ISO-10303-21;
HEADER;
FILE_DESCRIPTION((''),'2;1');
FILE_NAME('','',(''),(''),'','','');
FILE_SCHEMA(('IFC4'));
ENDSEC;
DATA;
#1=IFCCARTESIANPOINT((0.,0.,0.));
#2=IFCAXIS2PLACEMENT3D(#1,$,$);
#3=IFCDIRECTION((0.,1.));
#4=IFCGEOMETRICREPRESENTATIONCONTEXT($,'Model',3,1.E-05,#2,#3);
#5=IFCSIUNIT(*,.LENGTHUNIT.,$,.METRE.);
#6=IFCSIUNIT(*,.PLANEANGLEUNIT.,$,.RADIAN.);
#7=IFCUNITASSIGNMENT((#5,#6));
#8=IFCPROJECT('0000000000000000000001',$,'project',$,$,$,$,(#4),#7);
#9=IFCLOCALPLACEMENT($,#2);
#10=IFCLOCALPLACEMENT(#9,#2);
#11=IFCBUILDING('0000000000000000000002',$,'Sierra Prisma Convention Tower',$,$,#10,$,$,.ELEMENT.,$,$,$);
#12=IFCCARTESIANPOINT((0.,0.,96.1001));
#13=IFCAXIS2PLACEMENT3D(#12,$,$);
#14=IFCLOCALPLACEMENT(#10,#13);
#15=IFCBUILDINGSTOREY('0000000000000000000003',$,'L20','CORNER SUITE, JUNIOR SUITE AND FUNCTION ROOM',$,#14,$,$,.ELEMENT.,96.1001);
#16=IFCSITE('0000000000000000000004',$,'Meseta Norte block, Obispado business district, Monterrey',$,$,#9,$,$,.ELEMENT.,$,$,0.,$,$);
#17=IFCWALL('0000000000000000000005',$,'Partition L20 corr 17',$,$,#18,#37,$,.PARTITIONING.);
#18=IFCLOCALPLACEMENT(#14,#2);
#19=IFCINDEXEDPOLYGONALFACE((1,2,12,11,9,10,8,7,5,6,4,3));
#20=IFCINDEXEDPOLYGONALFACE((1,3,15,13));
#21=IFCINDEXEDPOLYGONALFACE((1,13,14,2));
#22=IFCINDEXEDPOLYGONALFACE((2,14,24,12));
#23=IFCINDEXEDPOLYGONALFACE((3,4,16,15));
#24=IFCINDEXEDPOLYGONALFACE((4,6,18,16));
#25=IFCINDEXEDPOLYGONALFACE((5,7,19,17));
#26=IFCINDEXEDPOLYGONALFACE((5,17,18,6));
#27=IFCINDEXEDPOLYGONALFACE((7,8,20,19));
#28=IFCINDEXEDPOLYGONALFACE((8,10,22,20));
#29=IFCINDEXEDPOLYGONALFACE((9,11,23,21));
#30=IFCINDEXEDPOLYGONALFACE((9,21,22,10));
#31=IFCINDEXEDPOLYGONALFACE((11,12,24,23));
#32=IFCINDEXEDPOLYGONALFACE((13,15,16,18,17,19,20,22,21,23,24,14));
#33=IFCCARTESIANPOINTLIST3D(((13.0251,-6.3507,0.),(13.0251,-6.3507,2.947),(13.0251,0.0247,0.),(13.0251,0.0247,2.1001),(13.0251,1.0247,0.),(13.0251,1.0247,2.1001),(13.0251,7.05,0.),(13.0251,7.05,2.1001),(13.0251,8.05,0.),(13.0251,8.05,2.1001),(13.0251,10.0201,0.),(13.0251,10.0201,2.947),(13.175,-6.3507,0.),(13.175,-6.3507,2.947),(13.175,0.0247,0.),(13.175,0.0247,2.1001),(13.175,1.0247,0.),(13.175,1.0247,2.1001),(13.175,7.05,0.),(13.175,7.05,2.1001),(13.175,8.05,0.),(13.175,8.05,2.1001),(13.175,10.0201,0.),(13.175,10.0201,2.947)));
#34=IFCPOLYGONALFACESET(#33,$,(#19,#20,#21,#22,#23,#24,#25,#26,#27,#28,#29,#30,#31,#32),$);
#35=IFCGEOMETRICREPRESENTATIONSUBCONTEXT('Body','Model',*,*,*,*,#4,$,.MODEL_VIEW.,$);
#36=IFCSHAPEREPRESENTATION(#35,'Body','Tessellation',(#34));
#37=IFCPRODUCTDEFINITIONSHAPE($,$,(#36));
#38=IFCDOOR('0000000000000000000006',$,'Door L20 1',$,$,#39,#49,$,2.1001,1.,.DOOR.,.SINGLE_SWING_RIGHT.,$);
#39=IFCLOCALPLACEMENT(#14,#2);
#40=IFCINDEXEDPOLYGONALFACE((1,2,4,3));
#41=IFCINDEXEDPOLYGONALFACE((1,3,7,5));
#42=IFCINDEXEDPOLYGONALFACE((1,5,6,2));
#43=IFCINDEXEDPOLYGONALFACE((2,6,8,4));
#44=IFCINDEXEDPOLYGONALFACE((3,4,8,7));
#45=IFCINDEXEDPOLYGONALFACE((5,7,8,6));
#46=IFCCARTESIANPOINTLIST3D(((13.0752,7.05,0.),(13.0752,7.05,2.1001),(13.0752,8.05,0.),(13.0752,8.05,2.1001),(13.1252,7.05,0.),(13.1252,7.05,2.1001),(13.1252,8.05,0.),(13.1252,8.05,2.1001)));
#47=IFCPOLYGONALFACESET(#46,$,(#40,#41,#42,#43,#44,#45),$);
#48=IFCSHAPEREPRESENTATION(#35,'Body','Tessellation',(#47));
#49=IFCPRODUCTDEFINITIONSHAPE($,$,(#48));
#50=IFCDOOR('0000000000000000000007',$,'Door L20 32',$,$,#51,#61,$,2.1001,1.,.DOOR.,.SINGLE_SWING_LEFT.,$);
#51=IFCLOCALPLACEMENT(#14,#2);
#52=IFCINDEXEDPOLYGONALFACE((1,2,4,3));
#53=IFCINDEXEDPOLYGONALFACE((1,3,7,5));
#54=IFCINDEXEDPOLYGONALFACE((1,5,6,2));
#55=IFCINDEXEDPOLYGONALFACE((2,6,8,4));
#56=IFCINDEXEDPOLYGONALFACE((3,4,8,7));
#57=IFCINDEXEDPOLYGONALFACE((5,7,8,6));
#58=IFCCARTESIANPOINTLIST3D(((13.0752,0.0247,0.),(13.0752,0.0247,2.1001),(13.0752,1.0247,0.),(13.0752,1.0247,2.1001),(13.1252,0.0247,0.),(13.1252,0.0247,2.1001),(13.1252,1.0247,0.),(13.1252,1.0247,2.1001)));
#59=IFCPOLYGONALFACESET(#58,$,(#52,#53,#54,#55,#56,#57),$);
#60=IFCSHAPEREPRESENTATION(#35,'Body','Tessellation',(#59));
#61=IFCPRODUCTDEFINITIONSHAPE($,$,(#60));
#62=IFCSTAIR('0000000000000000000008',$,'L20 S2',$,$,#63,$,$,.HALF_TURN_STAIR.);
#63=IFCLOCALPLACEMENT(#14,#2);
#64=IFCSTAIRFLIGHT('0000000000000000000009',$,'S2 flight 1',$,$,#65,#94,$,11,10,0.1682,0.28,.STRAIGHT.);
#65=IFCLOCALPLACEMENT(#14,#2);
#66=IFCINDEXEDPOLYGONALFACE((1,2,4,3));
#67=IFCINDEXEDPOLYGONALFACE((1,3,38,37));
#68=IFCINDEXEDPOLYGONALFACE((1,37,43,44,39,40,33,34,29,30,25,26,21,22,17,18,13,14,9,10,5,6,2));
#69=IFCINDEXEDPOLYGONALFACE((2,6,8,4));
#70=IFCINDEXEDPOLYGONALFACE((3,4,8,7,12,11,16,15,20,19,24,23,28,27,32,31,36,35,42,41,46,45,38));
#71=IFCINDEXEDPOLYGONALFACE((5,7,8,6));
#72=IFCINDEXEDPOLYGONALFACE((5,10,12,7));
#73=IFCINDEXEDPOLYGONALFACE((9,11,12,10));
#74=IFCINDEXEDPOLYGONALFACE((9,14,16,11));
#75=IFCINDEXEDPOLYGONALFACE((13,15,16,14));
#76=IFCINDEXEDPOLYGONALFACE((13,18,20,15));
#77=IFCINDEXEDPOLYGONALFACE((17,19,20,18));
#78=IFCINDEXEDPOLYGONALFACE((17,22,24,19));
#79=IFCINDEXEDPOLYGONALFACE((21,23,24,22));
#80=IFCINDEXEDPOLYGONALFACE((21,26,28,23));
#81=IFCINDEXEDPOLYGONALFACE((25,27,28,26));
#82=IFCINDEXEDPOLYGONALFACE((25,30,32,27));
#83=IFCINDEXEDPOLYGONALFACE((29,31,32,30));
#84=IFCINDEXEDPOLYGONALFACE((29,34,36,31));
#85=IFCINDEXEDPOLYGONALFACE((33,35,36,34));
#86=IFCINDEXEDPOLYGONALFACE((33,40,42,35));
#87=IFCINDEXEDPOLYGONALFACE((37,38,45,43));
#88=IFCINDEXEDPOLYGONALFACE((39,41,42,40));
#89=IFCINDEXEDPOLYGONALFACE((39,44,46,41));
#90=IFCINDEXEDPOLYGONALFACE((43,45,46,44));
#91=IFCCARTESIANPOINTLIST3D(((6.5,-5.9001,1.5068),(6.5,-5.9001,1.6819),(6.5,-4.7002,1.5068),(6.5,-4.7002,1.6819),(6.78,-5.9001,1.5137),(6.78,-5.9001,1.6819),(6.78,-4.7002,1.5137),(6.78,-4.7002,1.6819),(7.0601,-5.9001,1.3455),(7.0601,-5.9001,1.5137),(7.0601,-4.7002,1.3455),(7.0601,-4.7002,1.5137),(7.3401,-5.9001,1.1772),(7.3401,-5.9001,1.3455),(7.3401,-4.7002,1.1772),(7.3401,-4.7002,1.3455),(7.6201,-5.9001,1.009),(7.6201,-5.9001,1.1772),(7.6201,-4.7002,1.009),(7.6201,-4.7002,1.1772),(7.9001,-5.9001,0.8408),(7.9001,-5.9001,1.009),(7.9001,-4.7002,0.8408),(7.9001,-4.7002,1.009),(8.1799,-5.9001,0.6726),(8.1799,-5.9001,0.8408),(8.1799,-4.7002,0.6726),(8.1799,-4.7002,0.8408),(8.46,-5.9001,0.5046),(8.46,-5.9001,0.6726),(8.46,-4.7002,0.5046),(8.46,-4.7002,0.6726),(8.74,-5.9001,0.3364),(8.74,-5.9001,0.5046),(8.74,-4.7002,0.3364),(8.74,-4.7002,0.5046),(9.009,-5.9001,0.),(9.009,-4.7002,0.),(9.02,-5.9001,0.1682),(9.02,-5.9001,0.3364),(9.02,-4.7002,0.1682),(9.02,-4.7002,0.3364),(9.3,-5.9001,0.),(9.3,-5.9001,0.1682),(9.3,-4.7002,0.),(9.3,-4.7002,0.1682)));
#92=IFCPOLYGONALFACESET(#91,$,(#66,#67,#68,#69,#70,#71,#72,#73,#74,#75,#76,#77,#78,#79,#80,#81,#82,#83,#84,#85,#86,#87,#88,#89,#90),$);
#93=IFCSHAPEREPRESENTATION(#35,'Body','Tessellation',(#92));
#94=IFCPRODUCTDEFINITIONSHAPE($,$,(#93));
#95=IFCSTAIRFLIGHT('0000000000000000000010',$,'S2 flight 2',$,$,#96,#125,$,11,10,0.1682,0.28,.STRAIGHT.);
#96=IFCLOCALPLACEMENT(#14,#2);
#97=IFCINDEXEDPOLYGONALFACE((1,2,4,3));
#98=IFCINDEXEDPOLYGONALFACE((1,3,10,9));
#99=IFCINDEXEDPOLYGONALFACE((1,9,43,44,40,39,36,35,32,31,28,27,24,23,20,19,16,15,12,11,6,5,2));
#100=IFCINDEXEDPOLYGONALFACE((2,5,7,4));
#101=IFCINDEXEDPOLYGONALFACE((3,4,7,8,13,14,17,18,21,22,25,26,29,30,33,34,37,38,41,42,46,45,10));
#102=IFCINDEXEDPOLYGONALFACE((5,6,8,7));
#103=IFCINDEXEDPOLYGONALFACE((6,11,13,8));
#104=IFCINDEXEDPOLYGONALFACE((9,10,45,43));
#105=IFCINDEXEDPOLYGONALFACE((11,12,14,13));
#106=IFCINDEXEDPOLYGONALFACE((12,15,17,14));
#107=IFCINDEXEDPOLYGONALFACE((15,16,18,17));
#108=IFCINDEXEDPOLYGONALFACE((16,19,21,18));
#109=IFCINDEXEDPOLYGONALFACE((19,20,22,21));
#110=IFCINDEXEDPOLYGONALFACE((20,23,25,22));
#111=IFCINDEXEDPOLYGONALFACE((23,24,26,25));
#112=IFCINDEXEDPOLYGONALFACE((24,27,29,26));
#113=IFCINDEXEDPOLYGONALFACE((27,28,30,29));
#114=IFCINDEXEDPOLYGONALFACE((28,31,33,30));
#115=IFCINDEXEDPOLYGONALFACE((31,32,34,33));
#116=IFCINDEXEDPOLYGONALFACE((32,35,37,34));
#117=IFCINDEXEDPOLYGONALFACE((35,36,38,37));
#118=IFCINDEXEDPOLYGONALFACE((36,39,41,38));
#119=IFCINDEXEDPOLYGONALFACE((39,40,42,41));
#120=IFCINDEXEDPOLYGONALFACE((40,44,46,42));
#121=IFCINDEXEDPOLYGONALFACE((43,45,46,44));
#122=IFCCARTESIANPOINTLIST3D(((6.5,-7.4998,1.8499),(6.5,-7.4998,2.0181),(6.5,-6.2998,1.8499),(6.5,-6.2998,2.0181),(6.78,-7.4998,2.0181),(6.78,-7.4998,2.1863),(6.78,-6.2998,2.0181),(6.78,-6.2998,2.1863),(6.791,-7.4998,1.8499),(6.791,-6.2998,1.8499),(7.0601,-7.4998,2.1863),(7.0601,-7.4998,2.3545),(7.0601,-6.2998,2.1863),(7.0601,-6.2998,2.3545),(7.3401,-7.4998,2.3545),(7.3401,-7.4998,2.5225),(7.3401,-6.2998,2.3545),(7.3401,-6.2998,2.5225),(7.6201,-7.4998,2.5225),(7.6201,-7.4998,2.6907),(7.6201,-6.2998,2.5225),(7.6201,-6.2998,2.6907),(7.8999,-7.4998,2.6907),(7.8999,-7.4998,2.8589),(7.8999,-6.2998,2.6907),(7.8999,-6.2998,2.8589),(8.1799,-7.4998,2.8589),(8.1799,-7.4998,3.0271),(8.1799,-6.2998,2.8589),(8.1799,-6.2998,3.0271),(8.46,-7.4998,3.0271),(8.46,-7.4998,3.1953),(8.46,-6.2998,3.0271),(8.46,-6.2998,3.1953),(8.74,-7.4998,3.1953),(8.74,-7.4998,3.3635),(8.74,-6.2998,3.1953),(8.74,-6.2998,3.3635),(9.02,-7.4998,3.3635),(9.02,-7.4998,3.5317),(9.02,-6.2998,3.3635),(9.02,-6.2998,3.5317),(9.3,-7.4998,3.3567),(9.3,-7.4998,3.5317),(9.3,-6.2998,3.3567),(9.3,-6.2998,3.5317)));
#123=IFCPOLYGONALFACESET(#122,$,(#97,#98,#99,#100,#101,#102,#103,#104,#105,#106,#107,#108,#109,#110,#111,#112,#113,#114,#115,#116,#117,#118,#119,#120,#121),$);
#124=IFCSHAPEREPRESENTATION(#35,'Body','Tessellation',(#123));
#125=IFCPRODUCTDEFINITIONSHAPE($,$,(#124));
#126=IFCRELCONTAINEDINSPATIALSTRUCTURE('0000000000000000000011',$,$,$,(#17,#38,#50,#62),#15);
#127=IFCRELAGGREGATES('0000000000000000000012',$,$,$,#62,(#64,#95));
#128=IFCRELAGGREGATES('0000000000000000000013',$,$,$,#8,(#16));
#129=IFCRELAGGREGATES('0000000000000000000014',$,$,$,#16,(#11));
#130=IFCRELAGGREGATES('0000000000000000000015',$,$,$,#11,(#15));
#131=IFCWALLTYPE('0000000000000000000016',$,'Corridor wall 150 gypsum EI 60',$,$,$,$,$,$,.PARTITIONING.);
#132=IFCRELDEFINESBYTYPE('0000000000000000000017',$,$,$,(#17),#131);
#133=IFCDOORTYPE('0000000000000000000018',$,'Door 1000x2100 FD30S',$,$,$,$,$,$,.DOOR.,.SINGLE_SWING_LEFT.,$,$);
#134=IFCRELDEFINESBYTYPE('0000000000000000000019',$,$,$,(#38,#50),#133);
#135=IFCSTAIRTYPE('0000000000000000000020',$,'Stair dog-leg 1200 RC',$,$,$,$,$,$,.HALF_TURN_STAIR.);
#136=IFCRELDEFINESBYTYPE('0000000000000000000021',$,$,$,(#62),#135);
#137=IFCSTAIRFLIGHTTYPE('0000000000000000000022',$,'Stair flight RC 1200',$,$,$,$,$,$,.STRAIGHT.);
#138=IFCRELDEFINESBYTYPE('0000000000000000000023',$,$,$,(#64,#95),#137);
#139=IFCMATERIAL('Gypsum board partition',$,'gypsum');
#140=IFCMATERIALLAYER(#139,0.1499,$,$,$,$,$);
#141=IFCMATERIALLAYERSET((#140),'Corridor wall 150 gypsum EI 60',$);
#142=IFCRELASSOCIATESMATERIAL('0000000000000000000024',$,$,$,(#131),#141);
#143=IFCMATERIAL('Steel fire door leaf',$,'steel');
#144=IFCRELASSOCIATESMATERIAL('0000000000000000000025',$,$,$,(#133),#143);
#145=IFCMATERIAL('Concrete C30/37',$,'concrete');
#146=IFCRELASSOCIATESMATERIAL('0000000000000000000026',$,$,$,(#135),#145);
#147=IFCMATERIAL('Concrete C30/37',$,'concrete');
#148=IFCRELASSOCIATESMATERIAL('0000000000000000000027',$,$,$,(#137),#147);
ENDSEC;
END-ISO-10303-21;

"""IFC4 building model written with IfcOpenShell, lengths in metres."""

from ifc_helpers import new_model, si_unit, direction, frame, frame_2d, origin, place, context, subcontext, project, spatial, polyline, rectangle, outline, extrude, material, layer, layer_set, type_object, element, fill, aggregate, save


model = new_model("IFC4")

# Units and contexts
model_context = context("Model", 3, precision=1e-05, world=origin(), true_north=direction((0.0, 1.0)))
body_context = subcontext(model_context, "Body", "Model", "MODEL_VIEW")
ifc_project = project(units=[si_unit("LENGTHUNIT", "METRE"), si_unit("PLANEANGLEUNIT", "RADIAN")], contexts=[model_context])

# Site, building, storey
site_placement = place(None, origin())
site = spatial("IfcSite", under=ifc_project, at=site_placement, Name="Meseta Norte block, Obispado business district, Monterrey", CompositionType="ELEMENT", RefElevation=0.0)
building_placement = place(site_placement, origin())
building = spatial("IfcBuilding", under=site, at=building_placement, Name="Sierra Prisma Convention Tower", CompositionType="ELEMENT")
storey_placement = place(building_placement, frame((0.0, 0.0, 96.1001)))
storey = spatial("IfcBuildingStorey", under=building, at=storey_placement, Name="L20", Description="CORNER SUITE, JUNIOR SUITE AND FUNCTION ROOM", CompositionType="ELEMENT", Elevation=96.1001)

# Shared definitions
ifc_material_1 = material(Name="Gypsum board partition", Category="gypsum")
ifc_layer_1 = layer(ifc_material_1, 0.1499)
ifc_layer_set_1 = layer_set([ifc_layer_1], Name="Corridor wall 150 gypsum EI 60")
wall_type_1 = type_object("IfcWallType", Name="Corridor wall 150 gypsum EI 60", PredefinedType="PARTITIONING", material=ifc_layer_set_1)

# Wall, openings, doors
ifc_material_2 = material(Name="Steel fire door leaf", Category="steel")
door_type_1 = type_object("IfcDoorType", Name="Door 1000x2100 FD30S", OperationType="SINGLE_SWING_LEFT", PredefinedType="DOOR", material=ifc_material_2)
wall_1_placement = place(storey_placement, frame((13.1001, -6.3508, 0.0), z_axis=(0.0, 0.0, 1.0), x_axis=(0.0, 1.0, 0.0)))
wall_1 = element("IfcWall", 1, at=wall_1_placement, inside=storey, type_object=wall_type_1, Name="Partition L20 corr 17", PredefinedType="PARTITIONING", context=body_context, shape_type="SweptSolid", body=[
    extrude(rectangle(XDim=16.3708, YDim=0.1499, at=frame_2d((8.1855, 0.0))), origin(), (0.0, 0.0, 1.0), 2.947),
])
opening_1_placement = place(wall_1_placement, frame((13.4009, 0.0, 0.0)))
opening_1 = element("IfcOpeningElement", 2, at=opening_1_placement, cuts=wall_1, PredefinedType="OPENING", context=body_context, shape_type="SweptSolid", body=[
    extrude(rectangle(XDim=1.0, YDim=2.1001, at=frame_2d((0.5, 1.05))), frame((0.0, 0.075, 0.0), z_axis=(0.0, -1.0, 0.0), x_axis=(1.0, 0.0, 0.0)), (0.0, 0.0, 1.0), 0.1499),
])
opening_2_placement = place(wall_1_placement, frame((6.3755, 0.0, 0.0)))
opening_2 = element("IfcOpeningElement", 3, at=opening_2_placement, cuts=wall_1, PredefinedType="OPENING", context=body_context, shape_type="SweptSolid", body=[
    extrude(rectangle(XDim=1.0, YDim=2.1001, at=frame_2d((0.5, 1.05))), frame((0.0, 0.075, 0.0), z_axis=(0.0, -1.0, 0.0), x_axis=(1.0, 0.0, 0.0)), (0.0, 0.0, 1.0), 0.1499),
])
door_1_placement = place(opening_1_placement, origin())
door_1 = element("IfcDoor", 4, at=door_1_placement, inside=storey, type_object=door_type_1, Name="Door L20 1", OperationType="SINGLE_SWING_RIGHT", OverallHeight=2.1001, OverallWidth=1.0, PredefinedType="DOOR", context=body_context, shape_type="SweptSolid", body=[
    extrude(rectangle(XDim=1.0, YDim=2.1001, at=frame_2d((0.5, 1.05))), frame((0.0, 0.0249, 0.0), z_axis=(0.0, -1.0, 0.0), x_axis=(1.0, 0.0, 0.0)), (0.0, 0.0, 1.0), 0.05),
])
fill(opening_1, door_1)
door_2_placement = place(opening_2_placement, origin())
door_2 = element("IfcDoor", 5, at=door_2_placement, inside=storey, type_object=door_type_1, Name="Door L20 32", OperationType="SINGLE_SWING_LEFT", OverallHeight=2.1001, OverallWidth=1.0, PredefinedType="DOOR", context=body_context, shape_type="SweptSolid", body=[
    extrude(rectangle(XDim=1.0, YDim=2.1001, at=frame_2d((0.5, 1.05))), frame((0.0, 0.0249, 0.0), z_axis=(0.0, -1.0, 0.0), x_axis=(1.0, 0.0, 0.0)), (0.0, 0.0, 1.0), 0.05),
])
fill(opening_2, door_2)

# Stair, stair flights
ifc_material_3 = material(Name="Concrete C30/37", Category="concrete")
stair_type = type_object("IfcStairType", Name="Stair dog-leg 1200 RC", PredefinedType="HALF_TURN_STAIR", material=ifc_material_3)
stair_placement = place(storey_placement, origin())
stair = element("IfcStair", 6, at=stair_placement, inside=storey, type_object=stair_type, Name="L20 S2", PredefinedType="HALF_TURN_STAIR")
ifc_material_4 = material(Name="Concrete C30/37", Category="concrete")
stair_flight_type = type_object("IfcStairFlightType", Name="Stair flight RC 1200", PredefinedType="STRAIGHT", material=ifc_material_4)
stair_flight_1_placement = place(storey_placement, frame((9.3, -5.3, 0.0), z_axis=(0.0, 0.0, 1.0), x_axis=(-1.0, 0.0, 0.0)))
stair_flight_1 = element("IfcStairFlight", 7, at=stair_flight_1_placement, type_object=stair_flight_type, Name="S2 flight 1", NumberOfRisers=11, NumberOfTreads=10, PredefinedType="STRAIGHT", RiserHeight=0.1682, TreadLength=0.28, context=body_context, shape_type="SweptSolid", body=[
    extrude(outline(polyline([(0.0, 0.0), (0.0, 0.1682), (0.28, 0.1682), (0.28, 0.3364), (0.5601, 0.3364), (0.5601, 0.5046), (0.8401, 0.5046), (0.8401, 0.6726), (1.1201, 0.6726), (1.1201, 0.8408), (1.3999, 0.8408), (1.3999, 1.009), (1.6799, 1.009), (1.6799, 1.1772), (1.96, 1.1772), (1.96, 1.3455), (2.24, 1.3455), (2.24, 1.5137), (2.52, 1.5137), (2.52, 1.6819), (2.8, 1.6819), (2.8, 1.8501), (2.8, 1.5068), (0.291, 0.0), (0.0, 0.0)])), frame((0.0, 0.6001, 0.0), z_axis=(0.0, -1.0, 0.0), x_axis=(1.0, 0.0, 0.0)), (0.0, 0.0, 1.0), 1.2),
])
stair_flight_2_placement = place(storey_placement, frame((6.5, -6.8999, 1.8499), z_axis=(0.0, 0.0, 1.0), x_axis=(1.0, 0.0, 0.0)))
stair_flight_2 = element("IfcStairFlight", 8, at=stair_flight_2_placement, type_object=stair_flight_type, Name="S2 flight 2", NumberOfRisers=11, NumberOfTreads=10, PredefinedType="STRAIGHT", RiserHeight=0.1682, TreadLength=0.28, context=body_context, shape_type="SweptSolid", body=[
    extrude(outline(polyline([(0.0, 0.0), (0.0, 0.1682), (0.28, 0.1682), (0.28, 0.3364), (0.5601, 0.3364), (0.5601, 0.5046), (0.8401, 0.5046), (0.8401, 0.6726), (1.1201, 0.6726), (1.1201, 0.8408), (1.3999, 0.8408), (1.3999, 1.009), (1.6799, 1.009), (1.6799, 1.1772), (1.96, 1.1772), (1.96, 1.3455), (2.24, 1.3455), (2.24, 1.5137), (2.52, 1.5137), (2.52, 1.6819), (2.8, 1.6819), (2.8, 1.8501), (2.8, 1.5068), (0.291, 0.0), (0.0, 0.0)])), frame((0.0, 0.6001, 0.0), z_axis=(0.0, -1.0, 0.0), x_axis=(1.0, 0.0, 0.0)), (0.0, 0.0, 1.0), 1.2),
])
aggregate(stair, [stair_flight_1, stair_flight_2])

save(model, "model.ifc")
